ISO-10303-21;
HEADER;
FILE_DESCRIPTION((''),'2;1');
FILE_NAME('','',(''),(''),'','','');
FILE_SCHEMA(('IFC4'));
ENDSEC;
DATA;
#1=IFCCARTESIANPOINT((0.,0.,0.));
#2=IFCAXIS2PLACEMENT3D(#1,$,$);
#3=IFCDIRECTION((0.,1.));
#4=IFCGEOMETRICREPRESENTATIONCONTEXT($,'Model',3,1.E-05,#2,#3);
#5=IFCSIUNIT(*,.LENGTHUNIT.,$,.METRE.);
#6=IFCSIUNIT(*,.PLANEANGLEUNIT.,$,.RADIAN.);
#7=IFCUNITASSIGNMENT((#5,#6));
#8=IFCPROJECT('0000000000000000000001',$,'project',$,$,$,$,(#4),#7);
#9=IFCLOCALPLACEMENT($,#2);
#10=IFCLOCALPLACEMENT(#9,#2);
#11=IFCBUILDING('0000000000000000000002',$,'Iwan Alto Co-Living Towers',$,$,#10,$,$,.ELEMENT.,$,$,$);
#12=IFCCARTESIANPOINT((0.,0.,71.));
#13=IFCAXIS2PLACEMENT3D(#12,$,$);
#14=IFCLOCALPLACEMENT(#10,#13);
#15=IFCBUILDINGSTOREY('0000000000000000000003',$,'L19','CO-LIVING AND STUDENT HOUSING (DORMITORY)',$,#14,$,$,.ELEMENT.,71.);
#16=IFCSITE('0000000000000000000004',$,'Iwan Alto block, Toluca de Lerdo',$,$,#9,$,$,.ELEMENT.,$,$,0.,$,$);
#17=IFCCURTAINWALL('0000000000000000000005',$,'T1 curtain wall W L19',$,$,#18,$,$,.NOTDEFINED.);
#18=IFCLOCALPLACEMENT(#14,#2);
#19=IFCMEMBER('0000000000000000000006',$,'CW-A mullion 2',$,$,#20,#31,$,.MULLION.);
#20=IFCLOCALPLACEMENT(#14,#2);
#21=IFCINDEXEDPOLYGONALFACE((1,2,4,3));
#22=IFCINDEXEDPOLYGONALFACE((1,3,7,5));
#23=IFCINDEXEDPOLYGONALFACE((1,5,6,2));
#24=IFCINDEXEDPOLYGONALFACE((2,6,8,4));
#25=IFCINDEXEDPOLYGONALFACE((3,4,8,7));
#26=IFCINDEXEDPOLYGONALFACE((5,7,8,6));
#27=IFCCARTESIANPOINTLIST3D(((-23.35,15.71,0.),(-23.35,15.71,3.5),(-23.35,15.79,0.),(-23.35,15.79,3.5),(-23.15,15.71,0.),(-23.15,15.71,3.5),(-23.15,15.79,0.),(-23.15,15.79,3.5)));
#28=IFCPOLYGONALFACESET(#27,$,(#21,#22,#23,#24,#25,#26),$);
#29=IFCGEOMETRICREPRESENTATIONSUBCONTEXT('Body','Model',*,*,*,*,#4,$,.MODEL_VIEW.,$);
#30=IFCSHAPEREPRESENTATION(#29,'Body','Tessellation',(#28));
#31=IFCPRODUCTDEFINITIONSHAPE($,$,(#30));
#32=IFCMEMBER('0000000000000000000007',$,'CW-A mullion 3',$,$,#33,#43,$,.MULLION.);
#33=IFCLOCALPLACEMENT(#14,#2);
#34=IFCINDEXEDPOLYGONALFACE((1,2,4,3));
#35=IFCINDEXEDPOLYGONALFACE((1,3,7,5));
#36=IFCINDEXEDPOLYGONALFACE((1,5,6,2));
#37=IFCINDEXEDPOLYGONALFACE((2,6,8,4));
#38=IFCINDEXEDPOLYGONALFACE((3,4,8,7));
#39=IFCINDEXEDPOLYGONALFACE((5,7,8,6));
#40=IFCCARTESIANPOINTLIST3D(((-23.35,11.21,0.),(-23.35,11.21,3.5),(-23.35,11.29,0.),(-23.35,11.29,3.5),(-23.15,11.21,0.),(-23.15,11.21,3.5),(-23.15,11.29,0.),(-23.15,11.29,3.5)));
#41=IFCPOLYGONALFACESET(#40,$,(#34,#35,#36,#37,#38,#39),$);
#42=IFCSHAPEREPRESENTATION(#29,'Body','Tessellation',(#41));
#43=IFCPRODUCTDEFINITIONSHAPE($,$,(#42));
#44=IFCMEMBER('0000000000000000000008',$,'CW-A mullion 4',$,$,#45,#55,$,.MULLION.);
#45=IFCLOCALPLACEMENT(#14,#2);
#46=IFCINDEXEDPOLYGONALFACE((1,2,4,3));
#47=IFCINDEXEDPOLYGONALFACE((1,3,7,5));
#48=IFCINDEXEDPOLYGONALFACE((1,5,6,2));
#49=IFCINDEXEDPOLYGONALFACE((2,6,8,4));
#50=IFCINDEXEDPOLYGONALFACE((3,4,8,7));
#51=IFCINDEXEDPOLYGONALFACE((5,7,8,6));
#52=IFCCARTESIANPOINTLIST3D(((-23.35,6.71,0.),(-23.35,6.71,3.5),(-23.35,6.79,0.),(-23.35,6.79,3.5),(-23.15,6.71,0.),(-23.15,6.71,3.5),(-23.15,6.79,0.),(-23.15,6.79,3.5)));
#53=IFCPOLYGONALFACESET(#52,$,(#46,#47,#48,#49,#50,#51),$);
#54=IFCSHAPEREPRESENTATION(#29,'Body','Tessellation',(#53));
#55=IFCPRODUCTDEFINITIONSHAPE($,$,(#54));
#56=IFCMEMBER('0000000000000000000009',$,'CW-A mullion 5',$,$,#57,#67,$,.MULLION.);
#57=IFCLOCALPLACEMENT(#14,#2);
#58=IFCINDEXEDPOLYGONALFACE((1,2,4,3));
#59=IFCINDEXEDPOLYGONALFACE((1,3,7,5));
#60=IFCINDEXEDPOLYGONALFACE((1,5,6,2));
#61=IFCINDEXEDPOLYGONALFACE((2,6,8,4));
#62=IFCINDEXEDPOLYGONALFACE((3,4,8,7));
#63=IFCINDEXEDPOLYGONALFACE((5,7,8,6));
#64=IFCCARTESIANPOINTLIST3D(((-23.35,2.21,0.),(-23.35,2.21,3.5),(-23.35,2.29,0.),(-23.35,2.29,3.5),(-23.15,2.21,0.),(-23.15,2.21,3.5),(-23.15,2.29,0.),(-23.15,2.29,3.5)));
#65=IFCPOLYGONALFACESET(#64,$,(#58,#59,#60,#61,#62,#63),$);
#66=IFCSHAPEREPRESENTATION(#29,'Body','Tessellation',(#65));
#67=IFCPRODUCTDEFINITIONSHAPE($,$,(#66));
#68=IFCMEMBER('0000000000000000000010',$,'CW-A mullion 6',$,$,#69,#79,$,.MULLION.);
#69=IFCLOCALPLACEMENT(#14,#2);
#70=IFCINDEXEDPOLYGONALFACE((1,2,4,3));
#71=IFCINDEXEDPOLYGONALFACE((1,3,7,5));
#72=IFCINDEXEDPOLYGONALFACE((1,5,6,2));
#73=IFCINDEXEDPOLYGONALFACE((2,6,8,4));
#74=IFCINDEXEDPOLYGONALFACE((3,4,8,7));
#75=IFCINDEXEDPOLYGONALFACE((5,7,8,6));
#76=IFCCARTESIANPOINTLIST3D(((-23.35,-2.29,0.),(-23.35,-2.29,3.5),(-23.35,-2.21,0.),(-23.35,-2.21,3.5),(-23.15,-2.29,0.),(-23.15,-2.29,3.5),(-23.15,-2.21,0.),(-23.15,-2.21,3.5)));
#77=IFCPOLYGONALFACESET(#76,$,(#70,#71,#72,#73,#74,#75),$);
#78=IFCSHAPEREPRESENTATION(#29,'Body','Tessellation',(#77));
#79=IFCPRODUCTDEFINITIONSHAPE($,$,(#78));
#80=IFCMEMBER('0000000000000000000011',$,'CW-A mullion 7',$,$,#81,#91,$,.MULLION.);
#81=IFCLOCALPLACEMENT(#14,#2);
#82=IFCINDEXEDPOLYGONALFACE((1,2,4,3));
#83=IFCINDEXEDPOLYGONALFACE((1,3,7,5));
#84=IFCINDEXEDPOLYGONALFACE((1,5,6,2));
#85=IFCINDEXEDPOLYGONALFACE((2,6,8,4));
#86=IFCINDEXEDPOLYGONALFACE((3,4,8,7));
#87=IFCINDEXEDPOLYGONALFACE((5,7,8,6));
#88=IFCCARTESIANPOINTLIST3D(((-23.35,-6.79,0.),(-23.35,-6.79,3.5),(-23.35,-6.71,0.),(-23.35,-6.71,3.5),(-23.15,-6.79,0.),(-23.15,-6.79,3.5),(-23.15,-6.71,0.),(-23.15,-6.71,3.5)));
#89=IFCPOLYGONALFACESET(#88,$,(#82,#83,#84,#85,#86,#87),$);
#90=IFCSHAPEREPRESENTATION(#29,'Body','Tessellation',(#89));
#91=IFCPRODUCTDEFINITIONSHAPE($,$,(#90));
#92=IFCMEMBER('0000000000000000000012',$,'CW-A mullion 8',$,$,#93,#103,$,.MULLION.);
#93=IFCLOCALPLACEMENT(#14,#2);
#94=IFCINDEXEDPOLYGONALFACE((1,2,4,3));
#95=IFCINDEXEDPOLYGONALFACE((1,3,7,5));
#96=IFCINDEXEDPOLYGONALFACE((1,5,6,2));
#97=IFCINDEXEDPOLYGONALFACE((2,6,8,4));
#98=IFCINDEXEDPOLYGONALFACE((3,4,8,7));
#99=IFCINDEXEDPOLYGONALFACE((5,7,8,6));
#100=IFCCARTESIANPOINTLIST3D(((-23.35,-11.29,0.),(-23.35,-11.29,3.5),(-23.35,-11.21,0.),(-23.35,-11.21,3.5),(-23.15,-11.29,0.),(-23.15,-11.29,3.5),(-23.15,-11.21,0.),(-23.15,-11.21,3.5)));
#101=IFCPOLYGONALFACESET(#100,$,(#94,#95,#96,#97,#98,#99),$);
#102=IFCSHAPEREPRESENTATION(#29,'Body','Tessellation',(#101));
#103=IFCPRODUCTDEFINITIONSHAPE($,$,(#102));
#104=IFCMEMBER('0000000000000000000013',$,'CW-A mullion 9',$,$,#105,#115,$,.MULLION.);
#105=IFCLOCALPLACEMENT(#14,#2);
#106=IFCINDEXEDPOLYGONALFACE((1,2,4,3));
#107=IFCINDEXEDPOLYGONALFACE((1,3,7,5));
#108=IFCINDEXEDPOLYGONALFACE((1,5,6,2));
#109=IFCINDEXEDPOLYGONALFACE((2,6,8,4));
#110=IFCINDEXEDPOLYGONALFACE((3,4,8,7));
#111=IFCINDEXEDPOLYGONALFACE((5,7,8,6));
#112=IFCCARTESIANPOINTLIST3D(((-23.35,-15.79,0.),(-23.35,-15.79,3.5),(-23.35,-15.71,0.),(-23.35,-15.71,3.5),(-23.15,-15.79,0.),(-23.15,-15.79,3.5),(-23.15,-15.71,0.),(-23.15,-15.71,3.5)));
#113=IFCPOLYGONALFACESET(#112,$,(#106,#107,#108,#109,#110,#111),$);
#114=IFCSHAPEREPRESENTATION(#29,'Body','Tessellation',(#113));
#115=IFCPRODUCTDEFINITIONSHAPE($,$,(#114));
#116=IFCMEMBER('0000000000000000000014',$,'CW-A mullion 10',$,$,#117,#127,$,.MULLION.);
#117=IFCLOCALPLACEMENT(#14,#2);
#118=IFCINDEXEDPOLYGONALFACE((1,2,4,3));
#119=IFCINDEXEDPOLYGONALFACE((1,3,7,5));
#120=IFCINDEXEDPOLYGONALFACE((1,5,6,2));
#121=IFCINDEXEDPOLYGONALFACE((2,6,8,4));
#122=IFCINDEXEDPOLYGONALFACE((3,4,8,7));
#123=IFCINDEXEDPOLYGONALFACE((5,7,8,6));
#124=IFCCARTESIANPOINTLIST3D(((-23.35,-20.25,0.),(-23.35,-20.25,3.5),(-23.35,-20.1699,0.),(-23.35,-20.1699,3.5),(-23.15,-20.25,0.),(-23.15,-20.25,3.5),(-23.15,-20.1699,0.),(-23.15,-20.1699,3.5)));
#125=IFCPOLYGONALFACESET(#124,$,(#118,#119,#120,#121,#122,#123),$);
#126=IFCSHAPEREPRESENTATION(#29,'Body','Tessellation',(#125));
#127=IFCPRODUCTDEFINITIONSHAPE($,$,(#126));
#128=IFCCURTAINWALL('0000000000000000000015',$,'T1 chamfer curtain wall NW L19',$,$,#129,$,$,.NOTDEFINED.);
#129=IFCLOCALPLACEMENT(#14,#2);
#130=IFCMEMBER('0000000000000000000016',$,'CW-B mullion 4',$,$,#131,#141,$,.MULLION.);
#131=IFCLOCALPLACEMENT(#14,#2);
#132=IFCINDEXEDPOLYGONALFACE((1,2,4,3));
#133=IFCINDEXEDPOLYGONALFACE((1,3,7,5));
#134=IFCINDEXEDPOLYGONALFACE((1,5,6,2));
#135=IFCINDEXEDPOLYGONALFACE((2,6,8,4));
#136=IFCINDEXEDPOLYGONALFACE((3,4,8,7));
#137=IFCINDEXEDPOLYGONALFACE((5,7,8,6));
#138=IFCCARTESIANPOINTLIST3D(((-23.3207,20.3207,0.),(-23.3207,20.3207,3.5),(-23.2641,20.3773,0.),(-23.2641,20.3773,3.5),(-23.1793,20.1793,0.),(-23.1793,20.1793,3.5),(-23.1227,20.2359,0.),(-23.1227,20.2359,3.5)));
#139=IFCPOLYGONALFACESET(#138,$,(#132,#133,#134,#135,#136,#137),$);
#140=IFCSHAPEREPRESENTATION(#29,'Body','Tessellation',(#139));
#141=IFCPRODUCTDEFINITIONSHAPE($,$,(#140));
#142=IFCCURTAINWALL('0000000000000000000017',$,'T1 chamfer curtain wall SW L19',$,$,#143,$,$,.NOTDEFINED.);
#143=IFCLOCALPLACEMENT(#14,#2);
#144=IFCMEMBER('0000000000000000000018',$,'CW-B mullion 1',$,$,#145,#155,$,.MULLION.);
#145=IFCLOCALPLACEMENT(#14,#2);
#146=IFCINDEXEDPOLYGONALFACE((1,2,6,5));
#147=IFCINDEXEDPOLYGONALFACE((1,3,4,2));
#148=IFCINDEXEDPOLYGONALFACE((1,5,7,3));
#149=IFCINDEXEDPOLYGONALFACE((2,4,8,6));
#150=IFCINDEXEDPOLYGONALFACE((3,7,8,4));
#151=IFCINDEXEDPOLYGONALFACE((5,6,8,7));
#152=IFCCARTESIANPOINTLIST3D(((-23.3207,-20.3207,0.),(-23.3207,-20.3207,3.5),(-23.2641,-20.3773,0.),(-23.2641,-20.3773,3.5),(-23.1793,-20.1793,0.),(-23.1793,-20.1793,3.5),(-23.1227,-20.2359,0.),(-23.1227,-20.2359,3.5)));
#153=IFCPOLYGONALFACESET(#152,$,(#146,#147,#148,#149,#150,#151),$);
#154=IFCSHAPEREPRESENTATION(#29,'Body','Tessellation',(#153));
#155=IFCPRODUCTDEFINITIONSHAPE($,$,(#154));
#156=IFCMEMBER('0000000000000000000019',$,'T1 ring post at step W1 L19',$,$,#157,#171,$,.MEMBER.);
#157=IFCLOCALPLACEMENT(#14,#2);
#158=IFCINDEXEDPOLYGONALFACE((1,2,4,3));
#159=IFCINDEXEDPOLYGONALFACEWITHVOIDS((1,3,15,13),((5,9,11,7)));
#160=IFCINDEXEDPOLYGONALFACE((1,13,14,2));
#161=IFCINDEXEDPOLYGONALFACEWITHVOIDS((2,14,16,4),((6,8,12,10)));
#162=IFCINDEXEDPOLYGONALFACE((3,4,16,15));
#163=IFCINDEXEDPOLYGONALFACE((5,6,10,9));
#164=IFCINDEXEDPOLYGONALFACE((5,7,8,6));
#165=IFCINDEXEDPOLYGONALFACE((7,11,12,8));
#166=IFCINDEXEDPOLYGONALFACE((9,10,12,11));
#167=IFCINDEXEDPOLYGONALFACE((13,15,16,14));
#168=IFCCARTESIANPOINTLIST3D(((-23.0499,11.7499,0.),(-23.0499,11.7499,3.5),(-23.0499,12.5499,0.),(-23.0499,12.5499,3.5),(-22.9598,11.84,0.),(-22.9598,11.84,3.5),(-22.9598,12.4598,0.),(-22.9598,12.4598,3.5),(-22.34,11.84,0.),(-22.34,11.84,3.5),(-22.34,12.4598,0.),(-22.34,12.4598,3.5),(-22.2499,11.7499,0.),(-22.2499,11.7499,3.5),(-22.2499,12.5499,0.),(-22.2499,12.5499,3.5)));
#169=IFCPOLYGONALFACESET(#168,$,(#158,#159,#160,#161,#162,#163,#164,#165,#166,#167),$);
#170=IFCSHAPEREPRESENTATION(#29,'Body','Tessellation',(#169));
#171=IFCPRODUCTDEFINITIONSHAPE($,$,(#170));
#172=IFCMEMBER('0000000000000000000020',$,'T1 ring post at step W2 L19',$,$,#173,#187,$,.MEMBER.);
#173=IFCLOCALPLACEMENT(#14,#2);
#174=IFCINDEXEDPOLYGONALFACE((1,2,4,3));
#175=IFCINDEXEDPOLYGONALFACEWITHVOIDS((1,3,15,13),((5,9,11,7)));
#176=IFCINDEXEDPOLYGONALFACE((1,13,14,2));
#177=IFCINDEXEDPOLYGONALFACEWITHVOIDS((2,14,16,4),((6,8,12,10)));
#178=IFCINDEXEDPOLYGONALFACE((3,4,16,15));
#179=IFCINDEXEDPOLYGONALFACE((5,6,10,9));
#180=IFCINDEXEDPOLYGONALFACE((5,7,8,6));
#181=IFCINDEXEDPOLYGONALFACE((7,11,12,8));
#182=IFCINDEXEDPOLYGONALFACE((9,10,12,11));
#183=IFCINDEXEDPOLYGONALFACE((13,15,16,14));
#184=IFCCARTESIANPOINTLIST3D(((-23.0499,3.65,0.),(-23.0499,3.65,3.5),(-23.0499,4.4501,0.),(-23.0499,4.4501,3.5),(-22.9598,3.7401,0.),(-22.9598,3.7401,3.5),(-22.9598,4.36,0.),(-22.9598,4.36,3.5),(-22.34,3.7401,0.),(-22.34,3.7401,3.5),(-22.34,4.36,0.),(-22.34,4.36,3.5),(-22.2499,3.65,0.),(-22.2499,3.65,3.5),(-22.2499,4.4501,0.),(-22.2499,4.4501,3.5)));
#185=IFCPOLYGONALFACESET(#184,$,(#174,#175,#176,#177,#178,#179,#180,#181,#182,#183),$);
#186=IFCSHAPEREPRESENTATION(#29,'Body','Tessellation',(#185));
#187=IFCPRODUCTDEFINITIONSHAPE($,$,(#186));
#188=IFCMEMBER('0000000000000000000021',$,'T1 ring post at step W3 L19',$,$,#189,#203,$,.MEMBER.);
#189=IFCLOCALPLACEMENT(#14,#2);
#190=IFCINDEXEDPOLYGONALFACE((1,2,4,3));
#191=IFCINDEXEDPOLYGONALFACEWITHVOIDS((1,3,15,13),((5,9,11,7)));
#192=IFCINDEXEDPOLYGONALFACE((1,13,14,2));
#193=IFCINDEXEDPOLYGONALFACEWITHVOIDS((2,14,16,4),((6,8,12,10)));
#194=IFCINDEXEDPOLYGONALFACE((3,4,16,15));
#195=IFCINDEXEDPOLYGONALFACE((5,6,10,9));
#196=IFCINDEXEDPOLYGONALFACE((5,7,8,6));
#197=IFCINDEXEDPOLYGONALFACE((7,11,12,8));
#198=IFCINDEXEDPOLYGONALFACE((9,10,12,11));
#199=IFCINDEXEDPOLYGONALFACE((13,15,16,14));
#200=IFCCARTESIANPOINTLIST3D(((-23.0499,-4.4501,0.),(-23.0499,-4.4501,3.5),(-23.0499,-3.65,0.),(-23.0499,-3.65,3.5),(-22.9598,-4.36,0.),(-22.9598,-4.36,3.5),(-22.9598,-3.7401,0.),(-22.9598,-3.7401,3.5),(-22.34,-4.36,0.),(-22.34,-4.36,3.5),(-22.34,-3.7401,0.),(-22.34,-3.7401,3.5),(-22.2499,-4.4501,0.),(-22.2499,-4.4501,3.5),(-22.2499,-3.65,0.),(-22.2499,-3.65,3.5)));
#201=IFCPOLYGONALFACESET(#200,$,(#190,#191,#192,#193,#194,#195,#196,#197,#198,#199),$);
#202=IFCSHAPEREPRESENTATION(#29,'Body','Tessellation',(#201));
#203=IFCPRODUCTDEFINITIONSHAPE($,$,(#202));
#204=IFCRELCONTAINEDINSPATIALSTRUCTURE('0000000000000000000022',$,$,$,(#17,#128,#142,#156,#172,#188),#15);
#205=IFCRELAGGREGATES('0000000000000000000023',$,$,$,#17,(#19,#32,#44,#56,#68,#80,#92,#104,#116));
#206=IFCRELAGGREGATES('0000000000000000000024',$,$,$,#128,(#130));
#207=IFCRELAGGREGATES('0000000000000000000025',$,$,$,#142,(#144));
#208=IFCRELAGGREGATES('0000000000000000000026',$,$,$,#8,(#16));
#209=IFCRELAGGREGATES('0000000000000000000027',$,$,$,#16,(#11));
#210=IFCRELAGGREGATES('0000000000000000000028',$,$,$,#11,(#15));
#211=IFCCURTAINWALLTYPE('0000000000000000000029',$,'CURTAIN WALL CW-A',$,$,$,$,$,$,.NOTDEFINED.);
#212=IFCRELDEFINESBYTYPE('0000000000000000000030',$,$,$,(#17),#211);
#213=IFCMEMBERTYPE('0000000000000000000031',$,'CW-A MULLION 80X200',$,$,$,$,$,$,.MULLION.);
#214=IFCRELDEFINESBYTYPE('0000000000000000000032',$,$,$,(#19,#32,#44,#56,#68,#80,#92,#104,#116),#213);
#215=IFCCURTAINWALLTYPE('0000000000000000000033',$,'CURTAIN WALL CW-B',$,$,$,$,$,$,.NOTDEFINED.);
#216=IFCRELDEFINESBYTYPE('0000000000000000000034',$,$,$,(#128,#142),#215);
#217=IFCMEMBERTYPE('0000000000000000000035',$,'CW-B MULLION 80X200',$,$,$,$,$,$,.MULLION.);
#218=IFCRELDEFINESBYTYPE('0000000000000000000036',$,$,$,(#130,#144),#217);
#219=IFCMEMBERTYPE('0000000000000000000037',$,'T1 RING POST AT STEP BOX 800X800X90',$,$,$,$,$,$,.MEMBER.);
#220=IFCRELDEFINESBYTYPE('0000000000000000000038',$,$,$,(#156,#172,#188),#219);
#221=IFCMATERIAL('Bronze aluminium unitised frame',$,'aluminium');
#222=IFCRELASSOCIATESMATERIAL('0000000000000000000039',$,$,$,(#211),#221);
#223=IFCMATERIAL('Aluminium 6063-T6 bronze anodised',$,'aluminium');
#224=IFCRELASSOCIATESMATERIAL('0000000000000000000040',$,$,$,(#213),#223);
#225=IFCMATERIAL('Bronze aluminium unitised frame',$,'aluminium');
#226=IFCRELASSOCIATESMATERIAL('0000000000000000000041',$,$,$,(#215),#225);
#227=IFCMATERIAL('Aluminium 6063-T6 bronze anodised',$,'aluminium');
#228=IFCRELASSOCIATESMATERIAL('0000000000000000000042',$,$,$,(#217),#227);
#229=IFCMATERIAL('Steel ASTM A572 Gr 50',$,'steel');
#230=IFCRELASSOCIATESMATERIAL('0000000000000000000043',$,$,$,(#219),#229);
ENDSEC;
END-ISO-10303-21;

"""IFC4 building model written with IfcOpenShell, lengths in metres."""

from ifc_helpers import new_model, si_unit, direction, frame, origin, origin_2d, place, context, subcontext, project, spatial, rectangle, hollow_rectangle, extrude, material, material_profile, profile_set, type_object, element, aggregate, save


model = new_model("IFC4")

# Units and contexts
model_context = context("Model", 3, precision=1e-05, world=origin(), true_north=direction((0.0, 1.0)))
body_context = subcontext(model_context, "Body", "Model", "MODEL_VIEW")
ifc_project = project(units=[si_unit("LENGTHUNIT", "METRE"), si_unit("PLANEANGLEUNIT", "RADIAN")], contexts=[model_context])

# Site, building, storey
site_placement = place(None, origin())
site = spatial("IfcSite", under=ifc_project, at=site_placement, Name="Iwan Alto block, Toluca de Lerdo", CompositionType="ELEMENT", RefElevation=0.0)
building_placement = place(site_placement, origin())
building = spatial("IfcBuilding", under=site, at=building_placement, Name="Iwan Alto Co-Living Towers", CompositionType="ELEMENT")
storey_placement = place(building_placement, frame((0.0, 0.0, 71.0)))
storey = spatial("IfcBuildingStorey", under=building, at=storey_placement, Name="L19", Description="CO-LIVING AND STUDENT HOUSING (DORMITORY)", CompositionType="ELEMENT", Elevation=71.0)

# Curtain wall, members
ifc_material_1 = material(Name="Bronze aluminium unitised frame", Category="aluminium")
curtain_wall_type_1 = type_object("IfcCurtainWallType", Name="CURTAIN WALL CW-A", PredefinedType="NOTDEFINED", material=ifc_material_1)
curtain_wall_1_placement = place(storey_placement, origin())
curtain_wall_1 = element("IfcCurtainWall", 1, at=curtain_wall_1_placement, inside=storey, type_object=curtain_wall_type_1, Name="T1 curtain wall W L19", PredefinedType="NOTDEFINED")
ifc_material_2 = material(Name="Aluminium 6063-T6 bronze anodised", Category="aluminium")
ifc_material_profile_1 = material_profile(ifc_material_2, rectangle(XDim=0.2, YDim=0.0801, at=origin_2d()), Name="AL 80X200")
ifc_profile_set_1 = profile_set([ifc_material_profile_1], Name="Aluminium 6063-T6 bronze anodised")
member_type_1 = type_object("IfcMemberType", Name="CW-A MULLION 80X200", PredefinedType="MULLION", material=ifc_profile_set_1)
member_1_placement = place(storey_placement, frame((-23.25, 15.75, 0.0), z_axis=(0.0, 0.0, 1.0), x_axis=(1.0, 0.0, 0.0)))
member_1 = element("IfcMember", 2, at=member_1_placement, type_object=member_type_1, Name="CW-A mullion 2", PredefinedType="MULLION", context=body_context, shape_type="SweptSolid", body=[
    extrude(rectangle(XDim=0.2, YDim=0.0801, at=origin_2d()), origin(), (0.0, 0.0, 1.0), 3.5),
])
member_2_placement = place(storey_placement, frame((-23.25, 11.25, 0.0), z_axis=(0.0, 0.0, 1.0), x_axis=(1.0, 0.0, 0.0)))
member_2 = element("IfcMember", 3, at=member_2_placement, type_object=member_type_1, Name="CW-A mullion 3", PredefinedType="MULLION", context=body_context, shape_type="SweptSolid", body=[
    extrude(rectangle(XDim=0.2, YDim=0.0801, at=origin_2d()), origin(), (0.0, 0.0, 1.0), 3.5),
])
member_3_placement = place(storey_placement, frame((-23.25, 6.75, 0.0), z_axis=(0.0, 0.0, 1.0), x_axis=(1.0, 0.0, 0.0)))
member_3 = element("IfcMember", 4, at=member_3_placement, type_object=member_type_1, Name="CW-A mullion 4", PredefinedType="MULLION", context=body_context, shape_type="SweptSolid", body=[
    extrude(rectangle(XDim=0.2, YDim=0.0801, at=origin_2d()), origin(), (0.0, 0.0, 1.0), 3.5),
])
member_4_placement = place(storey_placement, frame((-23.25, 2.25, 0.0), z_axis=(0.0, 0.0, 1.0), x_axis=(1.0, 0.0, 0.0)))
member_4 = element("IfcMember", 5, at=member_4_placement, type_object=member_type_1, Name="CW-A mullion 5", PredefinedType="MULLION", context=body_context, shape_type="SweptSolid", body=[
    extrude(rectangle(XDim=0.2, YDim=0.0801, at=origin_2d()), origin(), (0.0, 0.0, 1.0), 3.5),
])
member_5_placement = place(storey_placement, frame((-23.25, -2.25, 0.0), z_axis=(0.0, 0.0, 1.0), x_axis=(1.0, 0.0, 0.0)))
member_5 = element("IfcMember", 6, at=member_5_placement, type_object=member_type_1, Name="CW-A mullion 6", PredefinedType="MULLION", context=body_context, shape_type="SweptSolid", body=[
    extrude(rectangle(XDim=0.2, YDim=0.0801, at=origin_2d()), origin(), (0.0, 0.0, 1.0), 3.5),
])
member_6_placement = place(storey_placement, frame((-23.25, -6.75, 0.0), z_axis=(0.0, 0.0, 1.0), x_axis=(1.0, 0.0, 0.0)))
member_6 = element("IfcMember", 7, at=member_6_placement, type_object=member_type_1, Name="CW-A mullion 7", PredefinedType="MULLION", context=body_context, shape_type="SweptSolid", body=[
    extrude(rectangle(XDim=0.2, YDim=0.0801, at=origin_2d()), origin(), (0.0, 0.0, 1.0), 3.5),
])
member_7_placement = place(storey_placement, frame((-23.25, -11.25, 0.0), z_axis=(0.0, 0.0, 1.0), x_axis=(1.0, 0.0, 0.0)))
member_7 = element("IfcMember", 8, at=member_7_placement, type_object=member_type_1, Name="CW-A mullion 8", PredefinedType="MULLION", context=body_context, shape_type="SweptSolid", body=[
    extrude(rectangle(XDim=0.2, YDim=0.0801, at=origin_2d()), origin(), (0.0, 0.0, 1.0), 3.5),
])
member_8_placement = place(storey_placement, frame((-23.25, -15.75, 0.0), z_axis=(0.0, 0.0, 1.0), x_axis=(1.0, 0.0, 0.0)))
member_8 = element("IfcMember", 9, at=member_8_placement, type_object=member_type_1, Name="CW-A mullion 9", PredefinedType="MULLION", context=body_context, shape_type="SweptSolid", body=[
    extrude(rectangle(XDim=0.2, YDim=0.0801, at=origin_2d()), origin(), (0.0, 0.0, 1.0), 3.5),
])
member_9_placement = place(storey_placement, frame((-23.25, -20.21, 0.0), z_axis=(0.0, 0.0, 1.0), x_axis=(1.0, 0.0, 0.0)))
member_9 = element("IfcMember", 10, at=member_9_placement, type_object=member_type_1, Name="CW-A mullion 10", PredefinedType="MULLION", context=body_context, shape_type="SweptSolid", body=[
    extrude(rectangle(XDim=0.2, YDim=0.0801, at=origin_2d()), origin(), (0.0, 0.0, 1.0), 3.5),
])
aggregate(curtain_wall_1, [member_1, member_2, member_3, member_4, member_5, member_6, member_7, member_8, member_9])

# Curtain walls, members
ifc_material_3 = material(Name="Bronze aluminium unitised frame", Category="aluminium")
curtain_wall_type_2 = type_object("IfcCurtainWallType", Name="CURTAIN WALL CW-B", PredefinedType="NOTDEFINED", material=ifc_material_3)
curtain_wall_2_placement = place(storey_placement, origin())
curtain_wall_2 = element("IfcCurtainWall", 11, at=curtain_wall_2_placement, inside=storey, type_object=curtain_wall_type_2, Name="T1 chamfer curtain wall NW L19", PredefinedType="NOTDEFINED")
ifc_material_4 = material(Name="Aluminium 6063-T6 bronze anodised", Category="aluminium")
ifc_material_profile_2 = material_profile(ifc_material_4, rectangle(XDim=0.2, YDim=0.0801, at=origin_2d()), Name="AL 80X200")
ifc_profile_set_2 = profile_set([ifc_material_profile_2], Name="Aluminium 6063-T6 bronze anodised")
member_type_2 = type_object("IfcMemberType", Name="CW-B MULLION 80X200", PredefinedType="MULLION", material=ifc_profile_set_2)
member_10_placement = place(storey_placement, frame((-23.2217, 20.2783, 0.0), z_axis=(0.0, 0.0, 1.0), x_axis=(0.707107, -0.707107, 0.0)))
member_10 = element("IfcMember", 12, at=member_10_placement, type_object=member_type_2, Name="CW-B mullion 4", PredefinedType="MULLION", context=body_context, shape_type="SweptSolid", body=[
    extrude(rectangle(XDim=0.2, YDim=0.0801, at=origin_2d()), origin(), (0.0, 0.0, 1.0), 3.5),
])
aggregate(curtain_wall_2, [member_10])
curtain_wall_3_placement = place(storey_placement, origin())
curtain_wall_3 = element("IfcCurtainWall", 13, at=curtain_wall_3_placement, inside=storey, type_object=curtain_wall_type_2, Name="T1 chamfer curtain wall SW L19", PredefinedType="NOTDEFINED")
member_11_placement = place(storey_placement, frame((-23.2217, -20.2783, 0.0), z_axis=(0.0, 0.0, 1.0), x_axis=(0.707107, 0.707107, 0.0)))
member_11 = element("IfcMember", 14, at=member_11_placement, type_object=member_type_2, Name="CW-B mullion 1", PredefinedType="MULLION", context=body_context, shape_type="SweptSolid", body=[
    extrude(rectangle(XDim=0.2, YDim=0.0801, at=origin_2d()), origin(), (0.0, 0.0, 1.0), 3.5),
])
aggregate(curtain_wall_3, [member_11])

# Members
ifc_material_5 = material(Name="Steel ASTM A572 Gr 50", Category="steel")
ifc_material_profile_3 = material_profile(ifc_material_5, hollow_rectangle(XDim=0.8, YDim=0.8, WallThickness=0.0901, at=origin_2d()), Name="BOX 800X800X90")
ifc_profile_set_3 = profile_set([ifc_material_profile_3], Name="Steel ASTM A572 Gr 50")
member_type_3 = type_object("IfcMemberType", Name="T1 RING POST AT STEP BOX 800X800X90", PredefinedType="MEMBER", material=ifc_profile_set_3)
for number, where, z_axis, x_axis, name in (
    (15, (-22.6499, 12.1499, 0.0), (0.0, 0.0, 1.0), (1.0, 0.0, 0.0), "T1 ring post at step W1 L19"),
    (16, (-22.6499, 4.05, 0.0), (0.0, 0.0, 1.0), (1.0, 0.0, 0.0), "T1 ring post at step W2 L19"),
    (17, (-22.6499, -4.05, 0.0), (0.0, 0.0, 1.0), (1.0, 0.0, 0.0), "T1 ring post at step W3 L19"),
):
    element("IfcMember", number, at=place(storey_placement, frame(where, z_axis=z_axis, x_axis=x_axis)), inside=storey, type_object=member_type_3, Name=name, PredefinedType="MEMBER", context=body_context, shape_type="SweptSolid", body=[
        extrude(hollow_rectangle(XDim=0.8, YDim=0.8, WallThickness=0.0901, at=origin_2d()), origin(), (0.0, 0.0, 1.0), 3.5),
    ])

save(model, "model.ifc")
